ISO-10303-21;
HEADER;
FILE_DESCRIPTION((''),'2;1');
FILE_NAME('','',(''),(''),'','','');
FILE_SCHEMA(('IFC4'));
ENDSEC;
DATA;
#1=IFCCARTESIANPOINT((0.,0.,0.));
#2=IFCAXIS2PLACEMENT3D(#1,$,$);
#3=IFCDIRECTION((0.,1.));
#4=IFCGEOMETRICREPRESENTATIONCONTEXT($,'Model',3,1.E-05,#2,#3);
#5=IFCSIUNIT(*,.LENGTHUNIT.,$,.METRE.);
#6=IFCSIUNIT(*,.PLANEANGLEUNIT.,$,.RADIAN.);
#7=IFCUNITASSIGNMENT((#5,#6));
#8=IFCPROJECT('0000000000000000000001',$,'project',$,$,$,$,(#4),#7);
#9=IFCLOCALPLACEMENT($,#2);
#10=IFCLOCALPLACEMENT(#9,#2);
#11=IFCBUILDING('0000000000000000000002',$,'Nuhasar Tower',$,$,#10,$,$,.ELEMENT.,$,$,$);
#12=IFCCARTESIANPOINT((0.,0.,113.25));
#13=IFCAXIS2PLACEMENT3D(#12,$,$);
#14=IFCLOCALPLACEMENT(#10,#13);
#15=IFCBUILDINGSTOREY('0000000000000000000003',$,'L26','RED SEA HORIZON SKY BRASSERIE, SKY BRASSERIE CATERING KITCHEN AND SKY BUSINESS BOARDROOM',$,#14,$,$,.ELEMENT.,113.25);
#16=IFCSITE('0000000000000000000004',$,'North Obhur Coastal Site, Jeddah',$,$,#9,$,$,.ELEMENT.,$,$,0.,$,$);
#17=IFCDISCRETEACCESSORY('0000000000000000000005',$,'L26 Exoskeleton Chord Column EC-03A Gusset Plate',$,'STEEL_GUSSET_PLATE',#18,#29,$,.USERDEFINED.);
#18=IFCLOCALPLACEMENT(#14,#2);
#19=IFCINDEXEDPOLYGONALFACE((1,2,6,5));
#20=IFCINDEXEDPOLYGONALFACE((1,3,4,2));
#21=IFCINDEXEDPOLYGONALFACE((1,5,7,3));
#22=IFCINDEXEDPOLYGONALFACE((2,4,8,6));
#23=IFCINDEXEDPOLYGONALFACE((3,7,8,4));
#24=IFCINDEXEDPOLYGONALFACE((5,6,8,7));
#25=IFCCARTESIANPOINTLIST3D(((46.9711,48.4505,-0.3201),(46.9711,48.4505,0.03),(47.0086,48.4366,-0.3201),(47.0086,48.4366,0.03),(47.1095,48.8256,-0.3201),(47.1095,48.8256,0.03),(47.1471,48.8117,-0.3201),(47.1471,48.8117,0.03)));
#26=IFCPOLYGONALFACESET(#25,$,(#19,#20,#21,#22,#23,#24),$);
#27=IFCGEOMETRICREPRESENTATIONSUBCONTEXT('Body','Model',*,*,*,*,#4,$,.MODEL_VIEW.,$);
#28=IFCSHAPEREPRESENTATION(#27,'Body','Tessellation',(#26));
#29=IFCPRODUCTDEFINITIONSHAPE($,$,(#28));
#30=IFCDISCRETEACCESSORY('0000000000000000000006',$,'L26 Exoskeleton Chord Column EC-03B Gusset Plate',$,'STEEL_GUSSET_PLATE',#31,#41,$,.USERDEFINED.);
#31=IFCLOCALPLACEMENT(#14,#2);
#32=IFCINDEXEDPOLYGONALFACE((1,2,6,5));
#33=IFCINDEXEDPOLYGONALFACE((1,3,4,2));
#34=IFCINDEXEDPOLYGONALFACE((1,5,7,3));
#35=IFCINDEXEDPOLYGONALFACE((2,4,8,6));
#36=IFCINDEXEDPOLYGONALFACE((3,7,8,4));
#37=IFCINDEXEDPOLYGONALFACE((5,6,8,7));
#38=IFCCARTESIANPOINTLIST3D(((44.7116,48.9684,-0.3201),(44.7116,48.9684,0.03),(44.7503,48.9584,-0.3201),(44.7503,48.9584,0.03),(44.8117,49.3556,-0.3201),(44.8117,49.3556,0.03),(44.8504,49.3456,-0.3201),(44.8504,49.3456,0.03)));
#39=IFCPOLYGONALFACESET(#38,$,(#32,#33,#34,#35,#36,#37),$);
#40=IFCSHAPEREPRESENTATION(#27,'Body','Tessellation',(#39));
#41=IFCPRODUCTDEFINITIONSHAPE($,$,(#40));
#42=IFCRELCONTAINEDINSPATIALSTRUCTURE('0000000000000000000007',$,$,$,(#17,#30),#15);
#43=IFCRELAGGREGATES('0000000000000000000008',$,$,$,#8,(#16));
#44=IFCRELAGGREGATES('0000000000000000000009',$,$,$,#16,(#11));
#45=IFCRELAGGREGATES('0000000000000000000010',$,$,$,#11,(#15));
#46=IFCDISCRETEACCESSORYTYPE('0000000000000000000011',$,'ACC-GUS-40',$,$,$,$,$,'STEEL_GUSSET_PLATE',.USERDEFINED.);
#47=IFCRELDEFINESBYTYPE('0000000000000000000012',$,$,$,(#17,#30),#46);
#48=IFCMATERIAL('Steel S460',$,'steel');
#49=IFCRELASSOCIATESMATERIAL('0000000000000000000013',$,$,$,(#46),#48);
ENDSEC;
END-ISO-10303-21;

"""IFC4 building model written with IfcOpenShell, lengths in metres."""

from ifc_helpers import new_model, si_unit, direction, frame, origin, origin_2d, place, context, subcontext, project, spatial, rectangle, extrude, material, type_object, element, save


model = new_model("IFC4")

# Units and contexts
model_context = context("Model", 3, precision=1e-05, world=origin(), true_north=direction((0.0, 1.0)))
body_context = subcontext(model_context, "Body", "Model", "MODEL_VIEW")
ifc_project = project(units=[si_unit("LENGTHUNIT", "METRE"), si_unit("PLANEANGLEUNIT", "RADIAN")], contexts=[model_context])

# Site, building, storey
site_placement = place(None, origin())
site = spatial("IfcSite", under=ifc_project, at=site_placement, Name="North Obhur Coastal Site, Jeddah", CompositionType="ELEMENT", RefElevation=0.0)
building_placement = place(site_placement, origin())
building = spatial("IfcBuilding", under=site, at=building_placement, Name="Nuhasar Tower", CompositionType="ELEMENT")
storey_placement = place(building_placement, frame((0.0, 0.0, 113.25)))
storey = spatial("IfcBuildingStorey", under=building, at=storey_placement, Name="L26", Description="RED SEA HORIZON SKY BRASSERIE, SKY BRASSERIE CATERING KITCHEN AND SKY BUSINESS BOARDROOM", CompositionType="ELEMENT", Elevation=113.25)

# Shared definitions
ifc_material_1 = material(Name="Steel S460", Category="steel")

# Discrete accessories
discrete_accessory_type = type_object("IfcDiscreteAccessoryType", Name="ACC-GUS-40", ElementType="STEEL_GUSSET_PLATE", PredefinedType="USERDEFINED", material=ifc_material_1)
for number, where, z_axis, x_axis, name in (
    (1, (47.0591, 48.6311, -0.3201), (0.0, 0.0, 1.0), (0.346314, 0.938119, 0.0), "L26 Exoskeleton Chord Column EC-03A Gusset Plate"),
    (2, (44.781, 49.157, -0.3201), (0.0, 0.0, 1.0), (0.250346, 0.968156, 0.0), "L26 Exoskeleton Chord Column EC-03B Gusset Plate"),
):
    element("IfcDiscreteAccessory", number, at=place(storey_placement, frame(where, z_axis=z_axis, x_axis=x_axis)), inside=storey, type_object=discrete_accessory_type, Name=name, ObjectType="STEEL_GUSSET_PLATE", PredefinedType="USERDEFINED", context=body_context, shape_type="SweptSolid", body=[
        extrude(rectangle(XDim=0.3999, YDim=0.04, at=origin_2d()), origin(), (0.0, 0.0, 1.0), 0.3501),
    ])

save(model, "model.ifc")
